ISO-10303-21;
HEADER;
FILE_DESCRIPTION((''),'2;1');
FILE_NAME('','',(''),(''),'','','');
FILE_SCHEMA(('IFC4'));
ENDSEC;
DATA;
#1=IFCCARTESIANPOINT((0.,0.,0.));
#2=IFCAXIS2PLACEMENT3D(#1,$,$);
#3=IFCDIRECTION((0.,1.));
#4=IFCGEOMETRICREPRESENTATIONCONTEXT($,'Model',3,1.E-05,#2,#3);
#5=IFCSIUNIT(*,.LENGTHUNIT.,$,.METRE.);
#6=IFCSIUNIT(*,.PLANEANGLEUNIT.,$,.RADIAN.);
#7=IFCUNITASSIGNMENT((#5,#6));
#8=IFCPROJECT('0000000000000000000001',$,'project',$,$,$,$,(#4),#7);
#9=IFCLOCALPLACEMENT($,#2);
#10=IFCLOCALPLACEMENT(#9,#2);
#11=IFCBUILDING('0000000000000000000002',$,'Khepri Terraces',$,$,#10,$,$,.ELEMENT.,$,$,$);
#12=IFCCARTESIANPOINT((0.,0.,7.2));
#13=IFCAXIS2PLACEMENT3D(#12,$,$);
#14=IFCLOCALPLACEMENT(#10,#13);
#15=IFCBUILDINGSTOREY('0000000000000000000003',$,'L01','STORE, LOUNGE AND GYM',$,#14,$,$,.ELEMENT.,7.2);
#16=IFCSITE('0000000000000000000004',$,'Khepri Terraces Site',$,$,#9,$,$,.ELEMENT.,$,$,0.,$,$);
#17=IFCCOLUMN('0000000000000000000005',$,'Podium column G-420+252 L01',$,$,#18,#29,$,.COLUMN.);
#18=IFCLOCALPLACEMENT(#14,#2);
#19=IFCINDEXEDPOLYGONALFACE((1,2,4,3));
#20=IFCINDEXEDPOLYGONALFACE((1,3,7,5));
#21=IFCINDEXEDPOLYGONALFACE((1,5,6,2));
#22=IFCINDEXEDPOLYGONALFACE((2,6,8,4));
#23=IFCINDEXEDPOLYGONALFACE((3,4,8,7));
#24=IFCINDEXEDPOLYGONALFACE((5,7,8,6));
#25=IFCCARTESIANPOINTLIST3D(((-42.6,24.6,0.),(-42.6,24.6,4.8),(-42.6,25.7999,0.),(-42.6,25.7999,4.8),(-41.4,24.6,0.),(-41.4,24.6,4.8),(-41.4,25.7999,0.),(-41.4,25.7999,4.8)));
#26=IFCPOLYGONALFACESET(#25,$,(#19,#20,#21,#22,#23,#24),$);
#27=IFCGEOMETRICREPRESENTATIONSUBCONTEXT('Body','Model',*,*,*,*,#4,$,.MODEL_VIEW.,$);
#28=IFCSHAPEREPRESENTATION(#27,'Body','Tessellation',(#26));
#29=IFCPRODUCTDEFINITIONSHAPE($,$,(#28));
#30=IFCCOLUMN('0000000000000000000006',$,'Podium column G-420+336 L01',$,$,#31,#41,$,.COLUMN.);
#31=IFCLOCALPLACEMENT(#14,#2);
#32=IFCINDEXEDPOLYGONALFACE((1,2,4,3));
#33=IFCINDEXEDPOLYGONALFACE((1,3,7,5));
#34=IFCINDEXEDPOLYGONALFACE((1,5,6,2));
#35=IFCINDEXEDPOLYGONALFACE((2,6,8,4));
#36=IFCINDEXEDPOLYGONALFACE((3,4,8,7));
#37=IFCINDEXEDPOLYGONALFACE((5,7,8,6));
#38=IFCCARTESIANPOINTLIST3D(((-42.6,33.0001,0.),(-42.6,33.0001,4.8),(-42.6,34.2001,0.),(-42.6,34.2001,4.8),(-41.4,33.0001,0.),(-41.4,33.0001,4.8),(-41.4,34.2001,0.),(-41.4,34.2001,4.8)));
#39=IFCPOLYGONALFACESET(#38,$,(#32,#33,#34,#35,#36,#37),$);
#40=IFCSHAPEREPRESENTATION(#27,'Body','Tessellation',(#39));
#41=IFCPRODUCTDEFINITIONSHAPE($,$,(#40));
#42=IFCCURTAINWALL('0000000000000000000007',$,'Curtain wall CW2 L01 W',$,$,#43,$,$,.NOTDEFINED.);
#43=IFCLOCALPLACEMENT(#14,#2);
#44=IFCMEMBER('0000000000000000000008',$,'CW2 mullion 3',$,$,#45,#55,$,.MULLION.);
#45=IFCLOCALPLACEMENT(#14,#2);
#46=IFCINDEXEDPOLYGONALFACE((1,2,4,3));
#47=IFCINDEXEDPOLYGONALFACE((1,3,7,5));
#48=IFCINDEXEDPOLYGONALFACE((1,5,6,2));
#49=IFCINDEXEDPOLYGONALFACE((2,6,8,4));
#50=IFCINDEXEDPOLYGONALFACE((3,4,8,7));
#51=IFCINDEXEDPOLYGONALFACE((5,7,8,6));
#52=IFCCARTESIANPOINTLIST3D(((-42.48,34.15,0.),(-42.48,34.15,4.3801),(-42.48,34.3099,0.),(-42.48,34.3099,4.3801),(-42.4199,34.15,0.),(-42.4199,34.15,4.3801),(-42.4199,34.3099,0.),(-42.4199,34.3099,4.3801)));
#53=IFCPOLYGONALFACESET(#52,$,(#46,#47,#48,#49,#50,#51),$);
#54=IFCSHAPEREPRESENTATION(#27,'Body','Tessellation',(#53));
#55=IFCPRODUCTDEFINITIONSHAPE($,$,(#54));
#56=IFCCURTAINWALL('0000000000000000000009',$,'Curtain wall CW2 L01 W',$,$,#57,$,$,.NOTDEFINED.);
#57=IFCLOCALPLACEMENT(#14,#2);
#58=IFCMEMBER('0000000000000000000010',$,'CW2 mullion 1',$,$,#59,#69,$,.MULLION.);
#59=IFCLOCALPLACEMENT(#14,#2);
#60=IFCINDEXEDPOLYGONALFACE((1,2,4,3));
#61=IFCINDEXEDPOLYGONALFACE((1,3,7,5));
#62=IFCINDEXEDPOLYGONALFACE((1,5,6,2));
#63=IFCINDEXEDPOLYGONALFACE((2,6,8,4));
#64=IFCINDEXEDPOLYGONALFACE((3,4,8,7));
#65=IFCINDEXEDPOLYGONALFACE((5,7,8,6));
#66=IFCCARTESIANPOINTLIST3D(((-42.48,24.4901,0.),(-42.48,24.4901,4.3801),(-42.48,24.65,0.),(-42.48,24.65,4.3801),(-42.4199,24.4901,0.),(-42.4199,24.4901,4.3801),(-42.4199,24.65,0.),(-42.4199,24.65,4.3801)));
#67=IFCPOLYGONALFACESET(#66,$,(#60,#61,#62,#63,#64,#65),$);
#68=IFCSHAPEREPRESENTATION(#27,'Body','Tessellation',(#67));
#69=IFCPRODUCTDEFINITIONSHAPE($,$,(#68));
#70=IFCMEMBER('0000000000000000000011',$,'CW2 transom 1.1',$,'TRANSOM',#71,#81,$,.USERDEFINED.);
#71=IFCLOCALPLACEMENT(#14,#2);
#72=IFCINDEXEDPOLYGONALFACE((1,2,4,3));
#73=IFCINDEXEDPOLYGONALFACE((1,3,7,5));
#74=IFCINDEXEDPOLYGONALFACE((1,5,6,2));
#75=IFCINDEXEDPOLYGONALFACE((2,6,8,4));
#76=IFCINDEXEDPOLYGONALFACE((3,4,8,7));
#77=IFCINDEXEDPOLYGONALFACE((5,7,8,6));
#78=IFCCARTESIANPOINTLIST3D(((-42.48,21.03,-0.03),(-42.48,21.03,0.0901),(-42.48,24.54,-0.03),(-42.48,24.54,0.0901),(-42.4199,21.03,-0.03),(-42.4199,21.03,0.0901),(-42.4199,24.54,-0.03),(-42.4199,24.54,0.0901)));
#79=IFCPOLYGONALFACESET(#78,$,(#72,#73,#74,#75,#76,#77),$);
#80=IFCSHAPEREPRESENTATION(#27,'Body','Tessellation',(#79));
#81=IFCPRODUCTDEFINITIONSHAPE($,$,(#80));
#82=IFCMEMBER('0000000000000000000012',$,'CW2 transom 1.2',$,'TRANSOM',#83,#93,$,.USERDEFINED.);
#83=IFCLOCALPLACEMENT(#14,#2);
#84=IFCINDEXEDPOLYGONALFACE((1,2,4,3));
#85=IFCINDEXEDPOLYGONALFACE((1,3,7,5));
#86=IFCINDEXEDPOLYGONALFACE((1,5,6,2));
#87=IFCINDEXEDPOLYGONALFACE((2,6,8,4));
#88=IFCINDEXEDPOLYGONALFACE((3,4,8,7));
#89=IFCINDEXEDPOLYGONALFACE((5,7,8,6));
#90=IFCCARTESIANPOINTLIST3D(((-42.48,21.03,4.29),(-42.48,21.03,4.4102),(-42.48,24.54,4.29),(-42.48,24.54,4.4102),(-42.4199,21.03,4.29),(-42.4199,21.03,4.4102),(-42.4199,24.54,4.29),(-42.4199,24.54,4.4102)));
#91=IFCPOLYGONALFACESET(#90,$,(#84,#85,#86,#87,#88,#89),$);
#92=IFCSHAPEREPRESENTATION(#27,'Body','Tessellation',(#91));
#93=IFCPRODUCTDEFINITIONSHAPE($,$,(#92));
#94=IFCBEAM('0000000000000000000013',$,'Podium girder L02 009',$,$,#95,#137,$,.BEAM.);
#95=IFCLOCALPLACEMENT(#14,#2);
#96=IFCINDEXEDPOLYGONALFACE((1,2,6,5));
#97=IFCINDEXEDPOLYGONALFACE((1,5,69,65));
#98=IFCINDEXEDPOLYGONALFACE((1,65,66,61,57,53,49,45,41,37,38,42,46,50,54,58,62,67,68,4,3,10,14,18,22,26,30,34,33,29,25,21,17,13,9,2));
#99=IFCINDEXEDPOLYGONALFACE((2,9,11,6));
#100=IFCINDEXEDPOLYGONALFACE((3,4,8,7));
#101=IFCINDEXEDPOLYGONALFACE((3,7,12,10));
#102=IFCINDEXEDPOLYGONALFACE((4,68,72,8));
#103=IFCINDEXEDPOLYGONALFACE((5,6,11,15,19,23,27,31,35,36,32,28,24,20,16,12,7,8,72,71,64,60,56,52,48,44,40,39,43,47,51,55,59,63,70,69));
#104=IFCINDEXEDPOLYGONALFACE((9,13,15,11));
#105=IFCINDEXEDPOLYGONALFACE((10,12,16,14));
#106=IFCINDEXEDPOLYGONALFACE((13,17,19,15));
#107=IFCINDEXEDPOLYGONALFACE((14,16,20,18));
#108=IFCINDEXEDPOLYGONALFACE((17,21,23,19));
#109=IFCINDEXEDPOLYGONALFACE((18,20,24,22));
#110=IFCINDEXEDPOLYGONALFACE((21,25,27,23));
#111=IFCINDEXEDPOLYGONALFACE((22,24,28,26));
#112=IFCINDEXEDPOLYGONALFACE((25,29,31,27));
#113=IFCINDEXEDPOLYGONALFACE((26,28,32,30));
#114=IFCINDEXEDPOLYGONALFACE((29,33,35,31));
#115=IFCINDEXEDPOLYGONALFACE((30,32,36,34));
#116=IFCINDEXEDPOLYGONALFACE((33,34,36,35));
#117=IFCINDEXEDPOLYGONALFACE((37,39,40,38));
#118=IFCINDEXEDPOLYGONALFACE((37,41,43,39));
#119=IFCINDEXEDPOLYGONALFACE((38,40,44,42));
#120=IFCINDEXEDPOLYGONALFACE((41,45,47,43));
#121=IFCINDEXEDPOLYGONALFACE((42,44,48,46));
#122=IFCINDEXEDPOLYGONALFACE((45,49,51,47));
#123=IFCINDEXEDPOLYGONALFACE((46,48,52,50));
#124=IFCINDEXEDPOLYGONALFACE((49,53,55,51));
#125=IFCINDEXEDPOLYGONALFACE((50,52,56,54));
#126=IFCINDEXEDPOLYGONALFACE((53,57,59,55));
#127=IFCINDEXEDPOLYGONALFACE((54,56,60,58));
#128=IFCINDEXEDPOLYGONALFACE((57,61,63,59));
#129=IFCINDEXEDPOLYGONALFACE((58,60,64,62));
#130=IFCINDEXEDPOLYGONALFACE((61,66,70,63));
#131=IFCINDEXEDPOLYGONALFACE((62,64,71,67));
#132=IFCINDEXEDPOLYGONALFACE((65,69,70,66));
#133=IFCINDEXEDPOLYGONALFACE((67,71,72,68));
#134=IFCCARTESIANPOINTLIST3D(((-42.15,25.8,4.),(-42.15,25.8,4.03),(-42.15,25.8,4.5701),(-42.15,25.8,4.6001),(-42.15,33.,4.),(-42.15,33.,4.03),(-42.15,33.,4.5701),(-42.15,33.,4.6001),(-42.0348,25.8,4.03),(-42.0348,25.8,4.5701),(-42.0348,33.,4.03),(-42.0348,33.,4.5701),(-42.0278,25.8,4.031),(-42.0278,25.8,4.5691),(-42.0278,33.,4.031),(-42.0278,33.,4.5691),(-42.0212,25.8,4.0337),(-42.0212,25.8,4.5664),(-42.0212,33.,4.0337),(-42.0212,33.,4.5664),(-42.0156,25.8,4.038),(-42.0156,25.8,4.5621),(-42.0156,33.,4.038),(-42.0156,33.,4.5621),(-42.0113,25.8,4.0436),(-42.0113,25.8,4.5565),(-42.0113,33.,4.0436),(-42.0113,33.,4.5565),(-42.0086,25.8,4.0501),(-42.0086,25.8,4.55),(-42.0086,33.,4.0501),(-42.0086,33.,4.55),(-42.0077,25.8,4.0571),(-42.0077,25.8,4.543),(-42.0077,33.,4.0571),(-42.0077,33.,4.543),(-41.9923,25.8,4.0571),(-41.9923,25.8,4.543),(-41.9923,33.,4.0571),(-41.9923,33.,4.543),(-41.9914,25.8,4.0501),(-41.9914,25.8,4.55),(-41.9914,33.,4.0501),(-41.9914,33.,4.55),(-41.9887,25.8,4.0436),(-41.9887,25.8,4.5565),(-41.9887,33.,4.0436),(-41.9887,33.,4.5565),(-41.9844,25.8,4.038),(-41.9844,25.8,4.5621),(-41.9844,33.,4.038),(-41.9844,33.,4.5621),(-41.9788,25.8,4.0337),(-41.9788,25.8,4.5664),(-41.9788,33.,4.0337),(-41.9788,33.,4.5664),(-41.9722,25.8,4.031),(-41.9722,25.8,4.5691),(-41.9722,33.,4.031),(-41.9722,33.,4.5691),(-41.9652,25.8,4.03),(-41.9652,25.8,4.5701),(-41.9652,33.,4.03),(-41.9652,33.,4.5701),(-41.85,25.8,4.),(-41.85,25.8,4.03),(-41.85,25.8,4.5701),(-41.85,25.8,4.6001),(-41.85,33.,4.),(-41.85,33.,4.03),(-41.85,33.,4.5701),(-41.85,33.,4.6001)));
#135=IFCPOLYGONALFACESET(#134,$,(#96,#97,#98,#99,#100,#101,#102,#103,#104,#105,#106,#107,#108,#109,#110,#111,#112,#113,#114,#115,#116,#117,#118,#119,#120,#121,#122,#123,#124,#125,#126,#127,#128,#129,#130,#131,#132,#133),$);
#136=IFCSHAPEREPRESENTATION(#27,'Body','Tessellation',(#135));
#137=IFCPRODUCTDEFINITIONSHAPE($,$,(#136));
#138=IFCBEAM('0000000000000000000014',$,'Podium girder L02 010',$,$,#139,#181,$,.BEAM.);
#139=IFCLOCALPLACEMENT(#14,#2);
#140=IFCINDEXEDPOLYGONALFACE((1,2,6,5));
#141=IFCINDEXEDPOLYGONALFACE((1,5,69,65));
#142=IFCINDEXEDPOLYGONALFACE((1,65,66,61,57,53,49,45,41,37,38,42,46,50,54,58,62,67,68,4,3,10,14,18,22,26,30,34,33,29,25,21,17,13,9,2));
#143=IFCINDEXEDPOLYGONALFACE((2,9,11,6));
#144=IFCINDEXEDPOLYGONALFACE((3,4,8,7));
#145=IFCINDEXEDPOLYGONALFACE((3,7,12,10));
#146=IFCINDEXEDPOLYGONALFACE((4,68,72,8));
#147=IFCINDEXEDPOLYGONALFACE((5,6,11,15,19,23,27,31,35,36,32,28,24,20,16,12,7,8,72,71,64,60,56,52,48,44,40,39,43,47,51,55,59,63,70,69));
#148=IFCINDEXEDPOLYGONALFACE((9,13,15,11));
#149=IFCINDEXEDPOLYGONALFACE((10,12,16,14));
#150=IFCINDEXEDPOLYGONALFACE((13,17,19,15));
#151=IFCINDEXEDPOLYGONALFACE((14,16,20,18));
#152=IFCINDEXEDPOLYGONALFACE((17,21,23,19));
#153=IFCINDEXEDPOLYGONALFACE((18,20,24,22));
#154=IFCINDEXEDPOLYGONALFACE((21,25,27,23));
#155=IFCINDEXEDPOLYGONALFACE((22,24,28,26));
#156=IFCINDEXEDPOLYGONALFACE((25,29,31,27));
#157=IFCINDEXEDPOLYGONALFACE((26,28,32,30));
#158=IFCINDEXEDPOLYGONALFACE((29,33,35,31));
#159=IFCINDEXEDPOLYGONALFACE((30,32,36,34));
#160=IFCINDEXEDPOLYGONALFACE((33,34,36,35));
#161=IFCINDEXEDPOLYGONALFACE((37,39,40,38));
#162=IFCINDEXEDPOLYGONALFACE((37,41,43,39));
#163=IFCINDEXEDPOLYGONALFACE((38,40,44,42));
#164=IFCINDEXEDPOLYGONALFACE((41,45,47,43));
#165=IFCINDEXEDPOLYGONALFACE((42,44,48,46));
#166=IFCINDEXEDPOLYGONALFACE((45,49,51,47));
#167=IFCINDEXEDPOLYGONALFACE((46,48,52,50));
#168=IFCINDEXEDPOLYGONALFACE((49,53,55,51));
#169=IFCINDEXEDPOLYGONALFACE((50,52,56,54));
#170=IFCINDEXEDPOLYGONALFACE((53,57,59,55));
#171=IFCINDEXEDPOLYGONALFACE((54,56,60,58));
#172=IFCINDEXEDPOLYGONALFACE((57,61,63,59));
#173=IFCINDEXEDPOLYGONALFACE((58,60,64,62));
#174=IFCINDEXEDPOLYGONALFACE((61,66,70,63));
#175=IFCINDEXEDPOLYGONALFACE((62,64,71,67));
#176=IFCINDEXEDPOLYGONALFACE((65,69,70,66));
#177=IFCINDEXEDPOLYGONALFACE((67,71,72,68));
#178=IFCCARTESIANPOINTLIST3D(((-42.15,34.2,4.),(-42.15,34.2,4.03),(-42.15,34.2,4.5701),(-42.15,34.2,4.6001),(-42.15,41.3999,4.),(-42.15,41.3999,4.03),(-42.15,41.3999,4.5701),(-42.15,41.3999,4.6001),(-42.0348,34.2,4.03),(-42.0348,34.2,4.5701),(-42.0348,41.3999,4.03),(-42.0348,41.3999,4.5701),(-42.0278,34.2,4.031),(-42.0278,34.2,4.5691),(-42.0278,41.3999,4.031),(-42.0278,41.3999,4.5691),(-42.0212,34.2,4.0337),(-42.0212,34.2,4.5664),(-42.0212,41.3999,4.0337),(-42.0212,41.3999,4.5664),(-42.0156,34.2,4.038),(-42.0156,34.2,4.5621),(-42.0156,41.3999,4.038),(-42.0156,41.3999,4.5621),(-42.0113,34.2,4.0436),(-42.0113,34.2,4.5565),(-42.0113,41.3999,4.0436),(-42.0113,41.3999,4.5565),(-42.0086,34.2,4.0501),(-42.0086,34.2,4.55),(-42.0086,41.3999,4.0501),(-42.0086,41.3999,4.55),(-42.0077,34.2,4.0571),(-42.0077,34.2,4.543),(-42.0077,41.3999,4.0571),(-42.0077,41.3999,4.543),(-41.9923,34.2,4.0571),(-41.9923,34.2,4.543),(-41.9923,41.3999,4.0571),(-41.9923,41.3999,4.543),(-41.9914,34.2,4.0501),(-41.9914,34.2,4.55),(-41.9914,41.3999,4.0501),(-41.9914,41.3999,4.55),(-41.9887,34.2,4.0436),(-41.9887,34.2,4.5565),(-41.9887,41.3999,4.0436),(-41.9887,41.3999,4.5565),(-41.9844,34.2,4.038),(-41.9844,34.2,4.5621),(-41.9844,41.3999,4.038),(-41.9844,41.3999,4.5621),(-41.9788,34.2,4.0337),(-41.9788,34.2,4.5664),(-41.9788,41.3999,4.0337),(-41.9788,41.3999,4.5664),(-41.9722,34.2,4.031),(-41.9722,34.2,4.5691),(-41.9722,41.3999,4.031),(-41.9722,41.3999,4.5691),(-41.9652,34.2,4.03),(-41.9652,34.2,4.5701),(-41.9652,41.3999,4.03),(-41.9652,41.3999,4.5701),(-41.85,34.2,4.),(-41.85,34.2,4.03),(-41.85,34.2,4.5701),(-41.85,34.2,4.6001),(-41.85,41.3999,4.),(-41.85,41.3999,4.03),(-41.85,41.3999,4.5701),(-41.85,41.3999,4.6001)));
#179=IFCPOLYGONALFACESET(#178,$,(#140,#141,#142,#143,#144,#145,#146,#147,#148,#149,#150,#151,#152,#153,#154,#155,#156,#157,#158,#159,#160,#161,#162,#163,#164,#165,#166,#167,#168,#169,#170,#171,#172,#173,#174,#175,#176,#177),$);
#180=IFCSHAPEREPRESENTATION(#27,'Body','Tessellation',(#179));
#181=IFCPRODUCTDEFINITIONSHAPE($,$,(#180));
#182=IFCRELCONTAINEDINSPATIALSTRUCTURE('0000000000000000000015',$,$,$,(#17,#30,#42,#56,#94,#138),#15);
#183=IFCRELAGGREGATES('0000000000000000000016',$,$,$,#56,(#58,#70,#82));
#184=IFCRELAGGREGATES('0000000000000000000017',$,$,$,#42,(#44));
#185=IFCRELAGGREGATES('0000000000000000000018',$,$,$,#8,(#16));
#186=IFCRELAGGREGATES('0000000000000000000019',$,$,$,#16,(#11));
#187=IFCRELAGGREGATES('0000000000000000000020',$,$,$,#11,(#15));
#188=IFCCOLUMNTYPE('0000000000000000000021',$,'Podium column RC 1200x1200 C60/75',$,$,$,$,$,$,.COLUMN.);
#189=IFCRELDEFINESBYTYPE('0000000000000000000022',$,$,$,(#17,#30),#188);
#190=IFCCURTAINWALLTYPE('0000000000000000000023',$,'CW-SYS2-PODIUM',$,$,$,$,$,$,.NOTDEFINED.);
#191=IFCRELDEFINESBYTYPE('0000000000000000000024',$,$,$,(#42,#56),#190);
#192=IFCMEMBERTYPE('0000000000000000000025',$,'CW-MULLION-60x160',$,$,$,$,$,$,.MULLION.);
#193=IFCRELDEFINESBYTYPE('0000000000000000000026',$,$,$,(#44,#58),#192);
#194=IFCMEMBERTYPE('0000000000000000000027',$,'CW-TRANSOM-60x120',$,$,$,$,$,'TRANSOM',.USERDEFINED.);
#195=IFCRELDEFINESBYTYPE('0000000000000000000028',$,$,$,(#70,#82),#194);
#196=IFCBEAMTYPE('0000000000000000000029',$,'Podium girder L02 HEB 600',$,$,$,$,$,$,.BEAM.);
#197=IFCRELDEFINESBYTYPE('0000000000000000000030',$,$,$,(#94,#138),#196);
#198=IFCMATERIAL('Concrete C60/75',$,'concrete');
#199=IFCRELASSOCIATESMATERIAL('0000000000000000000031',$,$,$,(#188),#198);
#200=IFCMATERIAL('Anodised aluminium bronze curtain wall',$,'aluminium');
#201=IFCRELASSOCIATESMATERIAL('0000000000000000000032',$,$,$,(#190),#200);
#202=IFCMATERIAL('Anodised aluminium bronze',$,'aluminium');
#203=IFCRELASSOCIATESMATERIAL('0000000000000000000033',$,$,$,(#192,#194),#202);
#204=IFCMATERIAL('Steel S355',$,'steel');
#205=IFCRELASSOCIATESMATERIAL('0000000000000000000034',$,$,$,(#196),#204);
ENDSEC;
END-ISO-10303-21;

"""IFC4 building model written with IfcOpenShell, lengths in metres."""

from ifc_helpers import new_model, si_unit, direction, frame, origin, origin_2d, place, context, subcontext, project, spatial, rectangle, i_section, extrude, material, material_profile, profile_set, type_object, element, aggregate, save


model = new_model("IFC4")

# Units and contexts
model_context = context("Model", 3, precision=1e-05, world=origin(), true_north=direction((0.0, 1.0)))
body_context = subcontext(model_context, "Body", "Model", "MODEL_VIEW")
ifc_project = project(units=[si_unit("LENGTHUNIT", "METRE"), si_unit("PLANEANGLEUNIT", "RADIAN")], contexts=[model_context])

# Site, building, storey
site_placement = place(None, origin())
site = spatial("IfcSite", under=ifc_project, at=site_placement, Name="Khepri Terraces Site", CompositionType="ELEMENT", RefElevation=0.0)
building_placement = place(site_placement, origin())
building = spatial("IfcBuilding", under=site, at=building_placement, Name="Khepri Terraces", CompositionType="ELEMENT")
storey_placement = place(building_placement, frame((0.0, 0.0, 7.2)))
storey = spatial("IfcBuildingStorey", under=building, at=storey_placement, Name="L01", Description="STORE, LOUNGE AND GYM", CompositionType="ELEMENT", Elevation=7.2)

# Columns
ifc_material_1 = material(Name="Concrete C60/75", Category="concrete")
ifc_material_profile_1 = material_profile(ifc_material_1, rectangle(XDim=1.2, YDim=1.2, at=origin_2d()), Name="Concrete C60/75", Category="concrete")
ifc_profile_set_1 = profile_set([ifc_material_profile_1], Name="Concrete C60/75")
column_type = type_object("IfcColumnType", Name="Podium column RC 1200x1200 C60/75", PredefinedType="COLUMN", material=ifc_profile_set_1)
for number, where, z_axis, x_axis, name in (
    (1, (-42.0, 25.2, 0.0), (0.0, 0.0, 1.0), (1.0, 0.0, 0.0), "Podium column G-420+252 L01"),
    (2, (-42.0, 33.6001, 0.0), (0.0, 0.0, 1.0), (1.0, 0.0, 0.0), "Podium column G-420+336 L01"),
):
    element("IfcColumn", number, at=place(storey_placement, frame(where, z_axis=z_axis, x_axis=x_axis)), inside=storey, type_object=column_type, Name=name, PredefinedType="COLUMN", context=body_context, shape_type="SweptSolid", body=[
        extrude(rectangle(XDim=1.2, YDim=1.2, at=origin_2d()), origin(), (0.0, 0.0, 1.0), 4.8),
    ])

# Curtain wall, member
ifc_material_2 = material(Name="Anodised aluminium bronze curtain wall", Category="aluminium")
curtain_wall_type = type_object("IfcCurtainWallType", Name="CW-SYS2-PODIUM", PredefinedType="NOTDEFINED", material=ifc_material_2)
curtain_wall_1_placement = place(storey_placement, origin())
curtain_wall_1 = element("IfcCurtainWall", 3, at=curtain_wall_1_placement, inside=storey, type_object=curtain_wall_type, Name="Curtain wall CW2 L01 W", PredefinedType="NOTDEFINED")
ifc_material_3 = material(Name="Anodised aluminium bronze", Category="aluminium")
ifc_material_profile_2 = material_profile(ifc_material_3, rectangle(XDim=0.0601, YDim=0.1599, at=origin_2d()), Name="Anodised aluminium bronze", Category="aluminium")
ifc_profile_set_2 = profile_set([ifc_material_profile_2], Name="Anodised aluminium bronze")
member_type_1 = type_object("IfcMemberType", Name="CW-MULLION-60x160", PredefinedType="MULLION", material=ifc_profile_set_2)
member_1_placement = place(storey_placement, frame((-42.45, 34.23, 0.0), z_axis=(0.0, 0.0, 1.0), x_axis=(1.0, 0.0, 0.0)))
member_1 = element("IfcMember", 4, at=member_1_placement, type_object=member_type_1, Name="CW2 mullion 3", PredefinedType="MULLION", context=body_context, shape_type="SweptSolid", body=[
    extrude(rectangle(XDim=0.0601, YDim=0.1599, at=origin_2d()), origin(), (0.0, 0.0, 1.0), 4.3801),
])

# Curtain wall, members
curtain_wall_2_placement = place(storey_placement, origin())
curtain_wall_2 = element("IfcCurtainWall", 5, at=curtain_wall_2_placement, inside=storey, type_object=curtain_wall_type, Name="Curtain wall CW2 L01 W", PredefinedType="NOTDEFINED")
member_2_placement = place(storey_placement, frame((-42.45, 24.5701, 0.0), z_axis=(0.0, 0.0, 1.0), x_axis=(1.0, 0.0, 0.0)))
member_2 = element("IfcMember", 6, at=member_2_placement, type_object=member_type_1, Name="CW2 mullion 1", PredefinedType="MULLION", context=body_context, shape_type="SweptSolid", body=[
    extrude(rectangle(XDim=0.0601, YDim=0.1599, at=origin_2d()), origin(), (0.0, 0.0, 1.0), 4.3801),
])
ifc_material_profile_3 = material_profile(ifc_material_3, rectangle(XDim=0.0601, YDim=0.1201, at=origin_2d()), Name="Anodised aluminium bronze", Category="aluminium")
ifc_profile_set_3 = profile_set([ifc_material_profile_3], Name="Anodised aluminium bronze")
member_type_2 = type_object("IfcMemberType", Name="CW-TRANSOM-60x120", ElementType="TRANSOM", PredefinedType="USERDEFINED", material=ifc_profile_set_3)
member_3_placement = place(storey_placement, frame((-42.45, 24.54, 0.03), z_axis=(0.0, -1.0, 0.0), x_axis=(1.0, 0.0, 0.0)))
member_3 = element("IfcMember", 7, at=member_3_placement, type_object=member_type_2, Name="CW2 transom 1.1", ObjectType="TRANSOM", PredefinedType="USERDEFINED", context=body_context, shape_type="SweptSolid", body=[
    extrude(rectangle(XDim=0.0601, YDim=0.1201, at=origin_2d()), origin(), (0.0, 0.0, 1.0), 3.51),
])
member_4_placement = place(storey_placement, frame((-42.45, 24.54, 4.3501), z_axis=(0.0, -1.0, 0.0), x_axis=(1.0, 0.0, 0.0)))
member_4 = element("IfcMember", 8, at=member_4_placement, type_object=member_type_2, Name="CW2 transom 1.2", ObjectType="TRANSOM", PredefinedType="USERDEFINED", context=body_context, shape_type="SweptSolid", body=[
    extrude(rectangle(XDim=0.0601, YDim=0.1201, at=origin_2d()), origin(), (0.0, 0.0, 1.0), 3.51),
])
aggregate(curtain_wall_2, [member_2, member_3, member_4])

# Beams
ifc_material_4 = material(Name="Steel S355", Category="steel")
ifc_material_profile_4 = material_profile(ifc_material_4, i_section(OverallWidth=0.3, OverallDepth=0.6001, WebThickness=0.0154, FlangeThickness=0.03, FilletRadius=0.0271, at=origin_2d()), Name="Steel S355", Category="steel")
ifc_profile_set_4 = profile_set([ifc_material_profile_4], Name="Steel S355")
beam_type_1 = type_object("IfcBeamType", Name="Podium girder L02 HEB 600", PredefinedType="BEAM", material=ifc_profile_set_4)
for number, where, z_axis, x_axis, name in (
    (9, (-42.0, 25.8, 4.3), (0.0, 1.0, 0.0), (-1.0, 0.0, 0.0), "Podium girder L02 009"),
    (10, (-42.0, 34.2, 4.3), (0.0, 1.0, 0.0), (-1.0, 0.0, 0.0), "Podium girder L02 010"),
):
    element("IfcBeam", number, at=place(storey_placement, frame(where, z_axis=z_axis, x_axis=x_axis)), inside=storey, type_object=beam_type_1, Name=name, PredefinedType="BEAM", context=body_context, shape_type="SweptSolid", body=[
        extrude(i_section(OverallWidth=0.3, OverallDepth=0.6001, WebThickness=0.0154, FlangeThickness=0.03, FilletRadius=0.0271, at=origin_2d()), origin(), (0.0, 0.0, 1.0), 7.2),
    ])

aggregate(curtain_wall_1, [member_1])

save(model, "model.ifc")
